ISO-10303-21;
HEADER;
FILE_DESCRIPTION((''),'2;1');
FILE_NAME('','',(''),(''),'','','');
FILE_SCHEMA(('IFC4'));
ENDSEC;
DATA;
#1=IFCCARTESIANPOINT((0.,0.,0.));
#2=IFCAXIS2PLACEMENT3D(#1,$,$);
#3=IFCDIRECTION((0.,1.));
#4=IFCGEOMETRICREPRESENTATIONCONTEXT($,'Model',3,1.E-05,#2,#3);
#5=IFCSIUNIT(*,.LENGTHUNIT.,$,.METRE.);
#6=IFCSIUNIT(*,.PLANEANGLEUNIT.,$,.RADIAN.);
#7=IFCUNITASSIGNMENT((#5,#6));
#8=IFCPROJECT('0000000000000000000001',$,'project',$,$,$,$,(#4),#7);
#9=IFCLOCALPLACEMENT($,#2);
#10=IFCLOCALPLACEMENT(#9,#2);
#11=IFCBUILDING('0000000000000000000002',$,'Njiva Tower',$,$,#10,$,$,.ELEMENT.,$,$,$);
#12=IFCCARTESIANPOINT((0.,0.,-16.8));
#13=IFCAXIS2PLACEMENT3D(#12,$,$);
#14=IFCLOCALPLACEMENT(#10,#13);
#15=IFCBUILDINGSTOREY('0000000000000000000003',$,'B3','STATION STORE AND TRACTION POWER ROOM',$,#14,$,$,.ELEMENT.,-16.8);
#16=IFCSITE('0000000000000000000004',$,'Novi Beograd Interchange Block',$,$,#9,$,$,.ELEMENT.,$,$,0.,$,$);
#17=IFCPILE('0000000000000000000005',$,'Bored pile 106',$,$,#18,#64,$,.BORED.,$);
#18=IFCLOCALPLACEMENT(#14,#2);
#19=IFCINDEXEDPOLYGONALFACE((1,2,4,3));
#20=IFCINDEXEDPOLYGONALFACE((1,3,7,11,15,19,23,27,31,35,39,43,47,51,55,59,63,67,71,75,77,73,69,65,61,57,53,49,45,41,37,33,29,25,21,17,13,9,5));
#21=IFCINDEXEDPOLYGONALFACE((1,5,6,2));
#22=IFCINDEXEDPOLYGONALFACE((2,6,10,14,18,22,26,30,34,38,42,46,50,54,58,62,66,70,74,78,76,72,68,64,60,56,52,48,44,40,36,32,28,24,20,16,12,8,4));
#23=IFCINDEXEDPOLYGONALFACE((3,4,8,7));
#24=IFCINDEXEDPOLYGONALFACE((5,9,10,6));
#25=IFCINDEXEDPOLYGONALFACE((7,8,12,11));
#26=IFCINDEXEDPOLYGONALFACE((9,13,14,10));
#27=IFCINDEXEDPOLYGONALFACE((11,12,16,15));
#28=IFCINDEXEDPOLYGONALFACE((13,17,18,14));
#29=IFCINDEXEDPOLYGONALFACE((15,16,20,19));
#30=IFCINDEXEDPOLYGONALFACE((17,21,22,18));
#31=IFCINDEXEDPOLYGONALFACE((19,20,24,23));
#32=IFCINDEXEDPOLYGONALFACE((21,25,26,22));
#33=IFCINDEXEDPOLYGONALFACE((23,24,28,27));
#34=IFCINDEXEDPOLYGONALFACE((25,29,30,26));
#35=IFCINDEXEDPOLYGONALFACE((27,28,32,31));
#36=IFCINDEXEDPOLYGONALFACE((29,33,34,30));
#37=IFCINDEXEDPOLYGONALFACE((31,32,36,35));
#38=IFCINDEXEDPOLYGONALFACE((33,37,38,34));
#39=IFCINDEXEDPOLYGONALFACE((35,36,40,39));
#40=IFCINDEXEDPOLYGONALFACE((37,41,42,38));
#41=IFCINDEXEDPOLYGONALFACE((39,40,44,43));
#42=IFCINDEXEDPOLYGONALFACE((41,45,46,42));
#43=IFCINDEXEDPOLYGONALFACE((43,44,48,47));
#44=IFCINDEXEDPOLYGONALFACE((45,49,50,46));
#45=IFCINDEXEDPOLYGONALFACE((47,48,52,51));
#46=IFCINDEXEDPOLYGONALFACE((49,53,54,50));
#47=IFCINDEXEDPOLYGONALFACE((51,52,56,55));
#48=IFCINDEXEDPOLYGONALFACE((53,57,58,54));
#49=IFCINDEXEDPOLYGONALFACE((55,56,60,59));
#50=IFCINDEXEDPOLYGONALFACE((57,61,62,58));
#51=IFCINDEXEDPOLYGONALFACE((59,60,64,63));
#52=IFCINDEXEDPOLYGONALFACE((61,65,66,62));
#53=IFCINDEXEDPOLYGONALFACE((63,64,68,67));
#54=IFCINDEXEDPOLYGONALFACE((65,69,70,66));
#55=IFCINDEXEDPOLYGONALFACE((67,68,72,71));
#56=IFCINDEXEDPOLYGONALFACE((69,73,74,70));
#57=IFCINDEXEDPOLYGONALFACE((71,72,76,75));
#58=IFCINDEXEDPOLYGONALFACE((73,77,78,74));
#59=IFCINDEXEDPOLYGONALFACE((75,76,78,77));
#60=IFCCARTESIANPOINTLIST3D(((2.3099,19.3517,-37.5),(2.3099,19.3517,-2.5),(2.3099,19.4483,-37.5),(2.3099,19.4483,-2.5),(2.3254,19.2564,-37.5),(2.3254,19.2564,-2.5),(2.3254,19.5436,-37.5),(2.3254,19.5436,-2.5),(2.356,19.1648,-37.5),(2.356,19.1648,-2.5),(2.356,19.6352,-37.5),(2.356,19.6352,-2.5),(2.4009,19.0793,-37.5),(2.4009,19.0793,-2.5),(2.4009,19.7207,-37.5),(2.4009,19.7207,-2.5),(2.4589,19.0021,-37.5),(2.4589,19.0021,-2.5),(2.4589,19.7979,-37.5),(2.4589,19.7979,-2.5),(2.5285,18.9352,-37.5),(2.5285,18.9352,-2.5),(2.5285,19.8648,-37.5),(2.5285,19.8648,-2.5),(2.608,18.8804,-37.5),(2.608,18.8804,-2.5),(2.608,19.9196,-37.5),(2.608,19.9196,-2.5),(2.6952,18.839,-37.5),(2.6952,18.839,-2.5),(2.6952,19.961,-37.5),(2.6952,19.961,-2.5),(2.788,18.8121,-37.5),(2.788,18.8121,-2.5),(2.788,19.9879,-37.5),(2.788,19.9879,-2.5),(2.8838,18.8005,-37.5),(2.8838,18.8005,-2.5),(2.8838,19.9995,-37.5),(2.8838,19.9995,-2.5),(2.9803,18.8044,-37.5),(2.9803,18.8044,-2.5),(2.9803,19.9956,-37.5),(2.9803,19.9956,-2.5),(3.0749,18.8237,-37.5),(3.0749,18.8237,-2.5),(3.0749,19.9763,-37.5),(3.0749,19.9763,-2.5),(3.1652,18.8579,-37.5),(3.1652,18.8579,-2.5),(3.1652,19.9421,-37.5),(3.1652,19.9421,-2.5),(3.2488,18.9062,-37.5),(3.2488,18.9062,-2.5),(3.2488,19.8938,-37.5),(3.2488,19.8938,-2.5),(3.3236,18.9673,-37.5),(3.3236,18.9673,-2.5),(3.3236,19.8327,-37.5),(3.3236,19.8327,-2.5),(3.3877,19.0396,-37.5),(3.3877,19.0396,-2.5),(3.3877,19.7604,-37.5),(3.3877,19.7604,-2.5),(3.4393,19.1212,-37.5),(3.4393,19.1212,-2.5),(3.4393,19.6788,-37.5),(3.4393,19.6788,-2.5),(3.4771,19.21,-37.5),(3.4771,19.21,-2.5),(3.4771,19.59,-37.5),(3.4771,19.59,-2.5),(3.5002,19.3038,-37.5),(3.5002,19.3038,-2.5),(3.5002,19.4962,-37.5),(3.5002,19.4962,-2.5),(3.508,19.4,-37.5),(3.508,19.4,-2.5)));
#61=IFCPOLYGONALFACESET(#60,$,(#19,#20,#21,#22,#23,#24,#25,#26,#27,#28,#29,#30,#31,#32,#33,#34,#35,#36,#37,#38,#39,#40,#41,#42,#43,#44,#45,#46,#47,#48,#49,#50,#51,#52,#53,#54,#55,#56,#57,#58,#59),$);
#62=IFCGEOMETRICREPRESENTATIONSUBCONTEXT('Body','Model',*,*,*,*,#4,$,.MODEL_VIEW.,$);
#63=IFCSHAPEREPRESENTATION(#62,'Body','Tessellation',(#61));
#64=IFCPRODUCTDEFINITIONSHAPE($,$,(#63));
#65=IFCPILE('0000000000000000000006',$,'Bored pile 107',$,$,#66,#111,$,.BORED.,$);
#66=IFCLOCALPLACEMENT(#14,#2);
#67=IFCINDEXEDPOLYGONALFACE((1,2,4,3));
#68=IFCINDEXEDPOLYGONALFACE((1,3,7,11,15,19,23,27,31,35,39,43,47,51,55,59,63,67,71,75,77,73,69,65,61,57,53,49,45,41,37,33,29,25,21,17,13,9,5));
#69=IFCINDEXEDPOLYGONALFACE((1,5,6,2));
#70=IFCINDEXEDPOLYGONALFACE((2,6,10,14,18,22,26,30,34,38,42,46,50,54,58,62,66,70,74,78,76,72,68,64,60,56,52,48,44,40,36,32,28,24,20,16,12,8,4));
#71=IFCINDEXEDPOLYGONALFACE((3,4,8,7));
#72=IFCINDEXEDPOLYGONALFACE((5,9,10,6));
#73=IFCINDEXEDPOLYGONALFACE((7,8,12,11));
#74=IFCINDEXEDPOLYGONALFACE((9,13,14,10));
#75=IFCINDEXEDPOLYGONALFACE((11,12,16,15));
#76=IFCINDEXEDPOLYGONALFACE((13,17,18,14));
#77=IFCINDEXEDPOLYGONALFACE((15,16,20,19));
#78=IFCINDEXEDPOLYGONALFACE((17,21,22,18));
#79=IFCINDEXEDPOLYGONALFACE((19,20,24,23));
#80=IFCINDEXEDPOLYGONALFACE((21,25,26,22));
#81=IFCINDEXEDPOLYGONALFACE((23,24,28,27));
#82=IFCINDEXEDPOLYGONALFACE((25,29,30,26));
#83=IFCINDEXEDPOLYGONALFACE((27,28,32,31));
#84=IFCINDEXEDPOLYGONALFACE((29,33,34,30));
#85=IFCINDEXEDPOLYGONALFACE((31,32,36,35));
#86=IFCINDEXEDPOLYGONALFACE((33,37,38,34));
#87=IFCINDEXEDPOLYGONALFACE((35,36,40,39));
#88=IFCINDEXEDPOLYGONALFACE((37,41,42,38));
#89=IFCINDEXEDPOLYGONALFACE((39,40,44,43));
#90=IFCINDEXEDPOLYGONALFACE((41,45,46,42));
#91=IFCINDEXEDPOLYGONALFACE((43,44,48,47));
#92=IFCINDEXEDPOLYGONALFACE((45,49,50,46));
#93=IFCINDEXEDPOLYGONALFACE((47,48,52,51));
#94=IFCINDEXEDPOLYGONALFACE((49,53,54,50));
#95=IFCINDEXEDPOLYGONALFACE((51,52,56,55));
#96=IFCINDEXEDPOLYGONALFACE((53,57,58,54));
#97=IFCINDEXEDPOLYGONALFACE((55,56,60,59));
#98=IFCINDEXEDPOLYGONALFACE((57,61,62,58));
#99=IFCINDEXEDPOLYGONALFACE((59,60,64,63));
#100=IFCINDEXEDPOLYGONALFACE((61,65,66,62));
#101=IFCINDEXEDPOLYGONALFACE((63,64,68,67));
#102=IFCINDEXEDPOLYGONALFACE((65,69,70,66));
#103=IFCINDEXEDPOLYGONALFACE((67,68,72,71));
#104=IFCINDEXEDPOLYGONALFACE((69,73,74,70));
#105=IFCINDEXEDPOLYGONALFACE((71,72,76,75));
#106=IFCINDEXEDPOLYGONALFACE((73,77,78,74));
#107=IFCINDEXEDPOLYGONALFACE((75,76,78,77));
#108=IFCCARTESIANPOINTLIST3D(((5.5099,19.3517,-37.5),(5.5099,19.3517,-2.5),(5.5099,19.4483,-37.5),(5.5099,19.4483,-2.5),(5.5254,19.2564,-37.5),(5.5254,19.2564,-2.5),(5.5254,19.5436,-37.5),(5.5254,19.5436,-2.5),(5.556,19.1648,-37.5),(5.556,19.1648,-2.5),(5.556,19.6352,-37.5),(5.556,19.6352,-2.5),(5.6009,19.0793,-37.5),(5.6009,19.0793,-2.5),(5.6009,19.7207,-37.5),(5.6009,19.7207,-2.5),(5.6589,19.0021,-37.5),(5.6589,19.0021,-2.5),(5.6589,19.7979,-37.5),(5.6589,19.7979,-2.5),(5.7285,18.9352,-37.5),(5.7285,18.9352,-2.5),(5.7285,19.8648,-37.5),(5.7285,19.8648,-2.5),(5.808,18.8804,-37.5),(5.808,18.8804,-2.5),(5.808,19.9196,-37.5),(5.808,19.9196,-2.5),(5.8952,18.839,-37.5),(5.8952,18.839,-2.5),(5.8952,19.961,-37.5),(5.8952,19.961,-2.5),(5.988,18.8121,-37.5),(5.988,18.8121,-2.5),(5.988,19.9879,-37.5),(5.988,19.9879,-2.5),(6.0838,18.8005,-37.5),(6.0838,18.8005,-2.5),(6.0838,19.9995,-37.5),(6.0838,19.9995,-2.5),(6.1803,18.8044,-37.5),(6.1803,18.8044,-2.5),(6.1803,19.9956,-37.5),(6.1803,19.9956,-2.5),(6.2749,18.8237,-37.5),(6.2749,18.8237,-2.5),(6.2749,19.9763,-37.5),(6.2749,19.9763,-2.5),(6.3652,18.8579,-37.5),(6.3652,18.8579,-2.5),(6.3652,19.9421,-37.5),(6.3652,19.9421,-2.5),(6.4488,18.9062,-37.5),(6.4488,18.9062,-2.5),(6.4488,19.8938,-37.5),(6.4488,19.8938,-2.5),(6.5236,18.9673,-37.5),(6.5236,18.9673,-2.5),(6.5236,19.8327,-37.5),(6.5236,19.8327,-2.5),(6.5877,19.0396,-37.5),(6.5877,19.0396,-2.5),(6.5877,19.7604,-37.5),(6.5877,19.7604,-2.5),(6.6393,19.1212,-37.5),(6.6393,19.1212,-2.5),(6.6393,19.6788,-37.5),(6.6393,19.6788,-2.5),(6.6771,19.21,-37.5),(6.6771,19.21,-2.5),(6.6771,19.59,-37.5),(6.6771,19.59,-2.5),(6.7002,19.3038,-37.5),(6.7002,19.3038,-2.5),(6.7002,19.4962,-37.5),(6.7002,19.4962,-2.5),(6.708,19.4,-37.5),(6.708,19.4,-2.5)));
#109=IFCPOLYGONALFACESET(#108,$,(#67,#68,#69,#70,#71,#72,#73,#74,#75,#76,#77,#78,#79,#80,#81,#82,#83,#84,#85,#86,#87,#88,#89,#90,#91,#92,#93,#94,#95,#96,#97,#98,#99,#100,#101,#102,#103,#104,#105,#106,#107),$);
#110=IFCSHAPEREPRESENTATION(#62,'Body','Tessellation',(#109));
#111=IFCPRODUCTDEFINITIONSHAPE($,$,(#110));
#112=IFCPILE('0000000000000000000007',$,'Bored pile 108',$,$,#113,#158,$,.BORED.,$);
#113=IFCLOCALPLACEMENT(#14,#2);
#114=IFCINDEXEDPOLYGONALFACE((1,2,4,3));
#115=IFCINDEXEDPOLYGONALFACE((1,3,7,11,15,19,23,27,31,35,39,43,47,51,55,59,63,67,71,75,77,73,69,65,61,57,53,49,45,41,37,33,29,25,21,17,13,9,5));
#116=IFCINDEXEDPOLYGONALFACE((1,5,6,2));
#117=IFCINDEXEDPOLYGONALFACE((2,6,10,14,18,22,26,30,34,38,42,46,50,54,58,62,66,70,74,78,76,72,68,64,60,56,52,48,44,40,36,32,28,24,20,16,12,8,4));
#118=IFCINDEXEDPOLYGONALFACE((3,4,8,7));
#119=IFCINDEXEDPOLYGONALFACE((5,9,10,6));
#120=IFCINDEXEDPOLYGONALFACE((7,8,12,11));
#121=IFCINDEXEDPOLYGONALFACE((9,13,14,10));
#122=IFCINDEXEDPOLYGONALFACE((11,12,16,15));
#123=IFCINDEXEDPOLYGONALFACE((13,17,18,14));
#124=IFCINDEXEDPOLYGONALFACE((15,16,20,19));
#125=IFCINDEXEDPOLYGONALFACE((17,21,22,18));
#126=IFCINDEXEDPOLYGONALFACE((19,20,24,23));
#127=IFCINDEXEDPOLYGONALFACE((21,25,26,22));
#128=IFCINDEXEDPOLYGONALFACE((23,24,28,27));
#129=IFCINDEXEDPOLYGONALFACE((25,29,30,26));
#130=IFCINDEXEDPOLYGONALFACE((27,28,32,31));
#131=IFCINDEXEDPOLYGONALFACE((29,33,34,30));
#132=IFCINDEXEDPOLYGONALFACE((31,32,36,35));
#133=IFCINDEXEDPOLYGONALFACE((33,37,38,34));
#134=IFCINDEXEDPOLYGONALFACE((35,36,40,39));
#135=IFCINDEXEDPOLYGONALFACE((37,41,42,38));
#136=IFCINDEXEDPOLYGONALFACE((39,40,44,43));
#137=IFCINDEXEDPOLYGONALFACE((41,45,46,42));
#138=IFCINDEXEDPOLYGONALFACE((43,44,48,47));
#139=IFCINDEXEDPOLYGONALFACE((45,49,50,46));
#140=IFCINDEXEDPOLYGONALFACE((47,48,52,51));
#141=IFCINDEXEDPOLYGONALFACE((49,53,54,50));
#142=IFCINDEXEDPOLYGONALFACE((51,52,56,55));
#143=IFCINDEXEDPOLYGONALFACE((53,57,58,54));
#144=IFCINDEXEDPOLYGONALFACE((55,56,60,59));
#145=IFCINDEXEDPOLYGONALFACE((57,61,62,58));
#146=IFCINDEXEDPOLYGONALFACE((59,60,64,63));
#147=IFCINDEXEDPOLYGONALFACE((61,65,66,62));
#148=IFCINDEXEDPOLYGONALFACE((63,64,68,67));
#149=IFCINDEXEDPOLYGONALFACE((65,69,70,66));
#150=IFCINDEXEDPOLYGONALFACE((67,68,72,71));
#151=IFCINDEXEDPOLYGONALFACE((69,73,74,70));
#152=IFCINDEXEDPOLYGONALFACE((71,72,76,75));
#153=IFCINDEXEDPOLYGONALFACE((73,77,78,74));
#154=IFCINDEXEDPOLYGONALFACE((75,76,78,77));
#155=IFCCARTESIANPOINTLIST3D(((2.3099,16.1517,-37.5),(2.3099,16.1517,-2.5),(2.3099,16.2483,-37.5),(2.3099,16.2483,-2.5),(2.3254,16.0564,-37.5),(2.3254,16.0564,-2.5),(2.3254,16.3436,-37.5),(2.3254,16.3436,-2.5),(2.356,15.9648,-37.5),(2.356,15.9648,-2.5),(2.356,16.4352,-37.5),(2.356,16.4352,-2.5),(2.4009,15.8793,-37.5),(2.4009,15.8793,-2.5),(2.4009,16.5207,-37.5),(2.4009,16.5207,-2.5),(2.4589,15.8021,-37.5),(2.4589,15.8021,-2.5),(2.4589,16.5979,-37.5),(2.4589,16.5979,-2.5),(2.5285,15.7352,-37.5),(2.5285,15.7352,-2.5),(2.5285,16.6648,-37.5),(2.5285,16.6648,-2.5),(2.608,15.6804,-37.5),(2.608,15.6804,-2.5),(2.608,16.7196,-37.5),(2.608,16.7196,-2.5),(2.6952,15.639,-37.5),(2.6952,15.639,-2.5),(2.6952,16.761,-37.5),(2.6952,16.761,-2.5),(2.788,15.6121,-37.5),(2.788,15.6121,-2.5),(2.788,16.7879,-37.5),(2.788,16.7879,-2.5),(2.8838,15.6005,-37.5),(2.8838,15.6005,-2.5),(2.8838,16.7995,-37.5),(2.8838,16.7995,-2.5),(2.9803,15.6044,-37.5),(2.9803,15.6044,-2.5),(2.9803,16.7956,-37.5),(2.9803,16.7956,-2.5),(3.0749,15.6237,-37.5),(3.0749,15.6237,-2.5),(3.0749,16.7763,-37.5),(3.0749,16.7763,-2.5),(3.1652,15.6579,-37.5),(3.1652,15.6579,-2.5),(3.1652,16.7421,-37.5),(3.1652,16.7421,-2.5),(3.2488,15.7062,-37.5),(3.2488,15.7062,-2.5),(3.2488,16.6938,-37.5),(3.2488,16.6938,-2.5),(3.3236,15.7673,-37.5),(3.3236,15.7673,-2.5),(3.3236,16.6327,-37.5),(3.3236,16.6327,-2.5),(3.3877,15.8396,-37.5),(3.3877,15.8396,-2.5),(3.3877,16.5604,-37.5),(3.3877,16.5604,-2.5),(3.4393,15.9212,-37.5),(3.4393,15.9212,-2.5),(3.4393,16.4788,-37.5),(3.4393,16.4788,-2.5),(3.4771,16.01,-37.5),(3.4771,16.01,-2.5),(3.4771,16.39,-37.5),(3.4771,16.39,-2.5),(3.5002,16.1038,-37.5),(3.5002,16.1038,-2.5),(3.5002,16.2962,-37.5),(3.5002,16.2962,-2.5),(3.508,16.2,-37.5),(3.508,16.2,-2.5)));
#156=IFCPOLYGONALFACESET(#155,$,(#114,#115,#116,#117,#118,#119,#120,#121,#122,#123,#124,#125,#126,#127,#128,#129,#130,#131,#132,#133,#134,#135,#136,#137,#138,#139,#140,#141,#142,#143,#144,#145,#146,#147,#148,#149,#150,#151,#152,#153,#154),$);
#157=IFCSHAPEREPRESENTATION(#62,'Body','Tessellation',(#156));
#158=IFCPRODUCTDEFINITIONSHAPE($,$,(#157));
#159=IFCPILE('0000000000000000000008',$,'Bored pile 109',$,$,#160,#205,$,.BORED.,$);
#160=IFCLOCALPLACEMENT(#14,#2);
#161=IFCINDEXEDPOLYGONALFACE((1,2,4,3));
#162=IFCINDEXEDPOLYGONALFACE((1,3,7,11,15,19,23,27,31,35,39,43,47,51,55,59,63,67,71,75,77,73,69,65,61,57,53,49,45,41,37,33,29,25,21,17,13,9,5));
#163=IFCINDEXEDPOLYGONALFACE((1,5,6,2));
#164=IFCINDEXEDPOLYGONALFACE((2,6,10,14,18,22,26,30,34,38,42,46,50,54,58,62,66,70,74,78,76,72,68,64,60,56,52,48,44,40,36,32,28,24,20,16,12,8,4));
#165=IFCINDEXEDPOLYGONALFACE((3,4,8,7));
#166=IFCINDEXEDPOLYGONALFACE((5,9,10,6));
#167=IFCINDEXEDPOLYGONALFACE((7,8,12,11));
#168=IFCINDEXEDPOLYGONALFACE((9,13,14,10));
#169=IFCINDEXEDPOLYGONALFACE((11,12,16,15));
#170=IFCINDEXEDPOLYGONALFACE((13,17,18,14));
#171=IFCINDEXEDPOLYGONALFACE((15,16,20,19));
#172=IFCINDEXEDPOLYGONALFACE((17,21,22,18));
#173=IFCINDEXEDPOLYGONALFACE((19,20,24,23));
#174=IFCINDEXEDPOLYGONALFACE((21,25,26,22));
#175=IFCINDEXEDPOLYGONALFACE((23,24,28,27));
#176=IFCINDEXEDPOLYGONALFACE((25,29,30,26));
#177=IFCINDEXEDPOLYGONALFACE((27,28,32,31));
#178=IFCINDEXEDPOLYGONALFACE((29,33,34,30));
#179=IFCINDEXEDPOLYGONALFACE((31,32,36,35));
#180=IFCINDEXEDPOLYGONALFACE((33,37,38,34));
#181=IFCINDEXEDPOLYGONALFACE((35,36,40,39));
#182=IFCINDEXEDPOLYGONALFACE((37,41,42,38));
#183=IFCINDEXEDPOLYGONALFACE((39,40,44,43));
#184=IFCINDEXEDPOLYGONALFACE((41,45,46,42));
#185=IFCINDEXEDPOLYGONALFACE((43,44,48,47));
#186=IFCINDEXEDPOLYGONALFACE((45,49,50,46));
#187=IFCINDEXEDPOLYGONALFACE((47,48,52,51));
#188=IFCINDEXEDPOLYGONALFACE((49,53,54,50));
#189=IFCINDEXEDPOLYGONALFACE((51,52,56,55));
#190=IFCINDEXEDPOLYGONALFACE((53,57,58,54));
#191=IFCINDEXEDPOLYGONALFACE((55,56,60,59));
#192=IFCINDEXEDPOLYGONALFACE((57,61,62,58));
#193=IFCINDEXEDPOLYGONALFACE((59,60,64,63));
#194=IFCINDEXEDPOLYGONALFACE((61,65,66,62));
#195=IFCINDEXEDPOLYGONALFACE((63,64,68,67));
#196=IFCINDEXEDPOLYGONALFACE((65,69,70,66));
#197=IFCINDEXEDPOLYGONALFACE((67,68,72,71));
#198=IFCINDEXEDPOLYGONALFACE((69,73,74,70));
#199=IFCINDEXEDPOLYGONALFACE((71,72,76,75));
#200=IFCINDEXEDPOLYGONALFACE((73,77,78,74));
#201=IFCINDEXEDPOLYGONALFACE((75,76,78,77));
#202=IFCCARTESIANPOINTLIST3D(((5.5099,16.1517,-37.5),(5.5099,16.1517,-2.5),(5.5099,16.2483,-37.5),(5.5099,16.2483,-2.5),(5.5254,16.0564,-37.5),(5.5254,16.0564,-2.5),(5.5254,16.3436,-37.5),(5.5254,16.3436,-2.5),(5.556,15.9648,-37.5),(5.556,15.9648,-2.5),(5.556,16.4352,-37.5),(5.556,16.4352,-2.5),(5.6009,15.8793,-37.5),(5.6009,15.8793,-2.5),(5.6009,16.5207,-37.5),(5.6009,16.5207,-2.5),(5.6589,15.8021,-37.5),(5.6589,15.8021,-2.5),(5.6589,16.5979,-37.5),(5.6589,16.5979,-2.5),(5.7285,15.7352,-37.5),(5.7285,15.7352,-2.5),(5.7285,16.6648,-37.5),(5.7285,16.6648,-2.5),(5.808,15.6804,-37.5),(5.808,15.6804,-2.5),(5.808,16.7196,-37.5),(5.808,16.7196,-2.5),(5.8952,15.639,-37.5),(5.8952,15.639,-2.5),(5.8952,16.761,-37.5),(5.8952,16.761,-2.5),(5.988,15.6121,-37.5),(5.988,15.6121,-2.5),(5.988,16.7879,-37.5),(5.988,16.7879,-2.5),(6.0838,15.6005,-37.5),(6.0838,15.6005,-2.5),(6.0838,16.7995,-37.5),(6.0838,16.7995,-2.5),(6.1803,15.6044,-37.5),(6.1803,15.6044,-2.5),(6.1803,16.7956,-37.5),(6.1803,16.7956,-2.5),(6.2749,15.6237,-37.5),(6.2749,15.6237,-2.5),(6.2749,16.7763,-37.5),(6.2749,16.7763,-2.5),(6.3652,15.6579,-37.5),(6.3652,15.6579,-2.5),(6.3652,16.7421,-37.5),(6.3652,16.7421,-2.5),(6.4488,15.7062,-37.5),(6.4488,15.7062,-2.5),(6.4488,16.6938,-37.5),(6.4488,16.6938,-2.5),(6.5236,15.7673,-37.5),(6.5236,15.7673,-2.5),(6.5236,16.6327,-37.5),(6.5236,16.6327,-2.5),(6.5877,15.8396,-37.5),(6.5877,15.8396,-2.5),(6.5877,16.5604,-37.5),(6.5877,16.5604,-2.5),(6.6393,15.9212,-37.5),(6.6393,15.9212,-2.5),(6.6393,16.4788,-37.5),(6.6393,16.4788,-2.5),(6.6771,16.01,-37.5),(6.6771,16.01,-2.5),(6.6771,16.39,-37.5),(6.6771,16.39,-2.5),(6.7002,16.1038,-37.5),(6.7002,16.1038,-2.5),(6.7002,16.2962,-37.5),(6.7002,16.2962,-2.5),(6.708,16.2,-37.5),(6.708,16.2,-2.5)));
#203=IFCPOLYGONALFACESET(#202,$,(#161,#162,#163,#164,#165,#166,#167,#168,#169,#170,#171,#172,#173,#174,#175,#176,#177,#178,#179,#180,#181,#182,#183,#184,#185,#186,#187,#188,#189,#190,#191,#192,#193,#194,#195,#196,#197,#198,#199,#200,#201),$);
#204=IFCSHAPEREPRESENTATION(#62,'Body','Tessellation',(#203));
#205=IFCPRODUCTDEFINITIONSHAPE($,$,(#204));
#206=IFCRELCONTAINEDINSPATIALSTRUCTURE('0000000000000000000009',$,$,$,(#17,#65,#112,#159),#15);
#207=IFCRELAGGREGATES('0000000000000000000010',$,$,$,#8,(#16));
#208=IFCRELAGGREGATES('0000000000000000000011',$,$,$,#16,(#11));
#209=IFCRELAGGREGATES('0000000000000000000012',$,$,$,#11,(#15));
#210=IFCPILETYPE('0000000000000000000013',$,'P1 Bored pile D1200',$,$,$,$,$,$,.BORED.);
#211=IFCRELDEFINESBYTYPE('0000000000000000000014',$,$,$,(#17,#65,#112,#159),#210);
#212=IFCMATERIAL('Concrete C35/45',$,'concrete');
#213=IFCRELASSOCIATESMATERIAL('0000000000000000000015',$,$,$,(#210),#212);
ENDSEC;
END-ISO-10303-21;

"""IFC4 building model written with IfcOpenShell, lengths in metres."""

from ifc_helpers import new_model, si_unit, direction, frame, origin, origin_2d, place, context, subcontext, project, spatial, circle, extrude, material, material_profile, profile_set, type_object, element, save


model = new_model("IFC4")

# Units and contexts
model_context = context("Model", 3, precision=1e-05, world=origin(), true_north=direction((0.0, 1.0)))
body_context = subcontext(model_context, "Body", "Model", "MODEL_VIEW")
ifc_project = project(units=[si_unit("LENGTHUNIT", "METRE"), si_unit("PLANEANGLEUNIT", "RADIAN")], contexts=[model_context])

# Site, building, storey
site_placement = place(None, origin())
site = spatial("IfcSite", under=ifc_project, at=site_placement, Name="Novi Beograd Interchange Block", CompositionType="ELEMENT", RefElevation=0.0)
building_placement = place(site_placement, origin())
building = spatial("IfcBuilding", under=site, at=building_placement, Name="Njiva Tower", CompositionType="ELEMENT")
storey_placement = place(building_placement, frame((0.0, 0.0, -16.8)))
storey = spatial("IfcBuildingStorey", under=building, at=storey_placement, Name="B3", Description="STATION STORE AND TRACTION POWER ROOM", CompositionType="ELEMENT", Elevation=-16.8)

# Piles
ifc_material_1 = material(Name="Concrete C35/45", Category="concrete")
ifc_material_profile_1 = material_profile(ifc_material_1, circle(Radius=0.6, at=origin_2d()), Name="D1200")
ifc_profile_set_1 = profile_set([ifc_material_profile_1], Name="Concrete C35/45")
pile_type = type_object("IfcPileType", Name="P1 Bored pile D1200", PredefinedType="BORED", material=ifc_profile_set_1)
for number, where, z_axis, x_axis, name in (
    (1, (2.908, 19.4, -2.5), (0.0, 0.0, -1.0), (1.0, 0.0, 0.0), "Bored pile 106"),
    (2, (6.108, 19.4, -2.5), (0.0, 0.0, -1.0), (1.0, 0.0, 0.0), "Bored pile 107"),
    (3, (2.908, 16.2, -2.5), (0.0, 0.0, -1.0), (1.0, 0.0, 0.0), "Bored pile 108"),
    (4, (6.108, 16.2, -2.5), (0.0, 0.0, -1.0), (1.0, 0.0, 0.0), "Bored pile 109"),
):
    element("IfcPile", number, at=place(storey_placement, frame(where, z_axis=z_axis, x_axis=x_axis)), inside=storey, type_object=pile_type, Name=name, PredefinedType="BORED", context=body_context, shape_type="SweptSolid", body=[
        extrude(circle(Radius=0.6, at=origin_2d()), origin(), (0.0, 0.0, 1.0), 35.0),
    ])

save(model, "model.ifc")
